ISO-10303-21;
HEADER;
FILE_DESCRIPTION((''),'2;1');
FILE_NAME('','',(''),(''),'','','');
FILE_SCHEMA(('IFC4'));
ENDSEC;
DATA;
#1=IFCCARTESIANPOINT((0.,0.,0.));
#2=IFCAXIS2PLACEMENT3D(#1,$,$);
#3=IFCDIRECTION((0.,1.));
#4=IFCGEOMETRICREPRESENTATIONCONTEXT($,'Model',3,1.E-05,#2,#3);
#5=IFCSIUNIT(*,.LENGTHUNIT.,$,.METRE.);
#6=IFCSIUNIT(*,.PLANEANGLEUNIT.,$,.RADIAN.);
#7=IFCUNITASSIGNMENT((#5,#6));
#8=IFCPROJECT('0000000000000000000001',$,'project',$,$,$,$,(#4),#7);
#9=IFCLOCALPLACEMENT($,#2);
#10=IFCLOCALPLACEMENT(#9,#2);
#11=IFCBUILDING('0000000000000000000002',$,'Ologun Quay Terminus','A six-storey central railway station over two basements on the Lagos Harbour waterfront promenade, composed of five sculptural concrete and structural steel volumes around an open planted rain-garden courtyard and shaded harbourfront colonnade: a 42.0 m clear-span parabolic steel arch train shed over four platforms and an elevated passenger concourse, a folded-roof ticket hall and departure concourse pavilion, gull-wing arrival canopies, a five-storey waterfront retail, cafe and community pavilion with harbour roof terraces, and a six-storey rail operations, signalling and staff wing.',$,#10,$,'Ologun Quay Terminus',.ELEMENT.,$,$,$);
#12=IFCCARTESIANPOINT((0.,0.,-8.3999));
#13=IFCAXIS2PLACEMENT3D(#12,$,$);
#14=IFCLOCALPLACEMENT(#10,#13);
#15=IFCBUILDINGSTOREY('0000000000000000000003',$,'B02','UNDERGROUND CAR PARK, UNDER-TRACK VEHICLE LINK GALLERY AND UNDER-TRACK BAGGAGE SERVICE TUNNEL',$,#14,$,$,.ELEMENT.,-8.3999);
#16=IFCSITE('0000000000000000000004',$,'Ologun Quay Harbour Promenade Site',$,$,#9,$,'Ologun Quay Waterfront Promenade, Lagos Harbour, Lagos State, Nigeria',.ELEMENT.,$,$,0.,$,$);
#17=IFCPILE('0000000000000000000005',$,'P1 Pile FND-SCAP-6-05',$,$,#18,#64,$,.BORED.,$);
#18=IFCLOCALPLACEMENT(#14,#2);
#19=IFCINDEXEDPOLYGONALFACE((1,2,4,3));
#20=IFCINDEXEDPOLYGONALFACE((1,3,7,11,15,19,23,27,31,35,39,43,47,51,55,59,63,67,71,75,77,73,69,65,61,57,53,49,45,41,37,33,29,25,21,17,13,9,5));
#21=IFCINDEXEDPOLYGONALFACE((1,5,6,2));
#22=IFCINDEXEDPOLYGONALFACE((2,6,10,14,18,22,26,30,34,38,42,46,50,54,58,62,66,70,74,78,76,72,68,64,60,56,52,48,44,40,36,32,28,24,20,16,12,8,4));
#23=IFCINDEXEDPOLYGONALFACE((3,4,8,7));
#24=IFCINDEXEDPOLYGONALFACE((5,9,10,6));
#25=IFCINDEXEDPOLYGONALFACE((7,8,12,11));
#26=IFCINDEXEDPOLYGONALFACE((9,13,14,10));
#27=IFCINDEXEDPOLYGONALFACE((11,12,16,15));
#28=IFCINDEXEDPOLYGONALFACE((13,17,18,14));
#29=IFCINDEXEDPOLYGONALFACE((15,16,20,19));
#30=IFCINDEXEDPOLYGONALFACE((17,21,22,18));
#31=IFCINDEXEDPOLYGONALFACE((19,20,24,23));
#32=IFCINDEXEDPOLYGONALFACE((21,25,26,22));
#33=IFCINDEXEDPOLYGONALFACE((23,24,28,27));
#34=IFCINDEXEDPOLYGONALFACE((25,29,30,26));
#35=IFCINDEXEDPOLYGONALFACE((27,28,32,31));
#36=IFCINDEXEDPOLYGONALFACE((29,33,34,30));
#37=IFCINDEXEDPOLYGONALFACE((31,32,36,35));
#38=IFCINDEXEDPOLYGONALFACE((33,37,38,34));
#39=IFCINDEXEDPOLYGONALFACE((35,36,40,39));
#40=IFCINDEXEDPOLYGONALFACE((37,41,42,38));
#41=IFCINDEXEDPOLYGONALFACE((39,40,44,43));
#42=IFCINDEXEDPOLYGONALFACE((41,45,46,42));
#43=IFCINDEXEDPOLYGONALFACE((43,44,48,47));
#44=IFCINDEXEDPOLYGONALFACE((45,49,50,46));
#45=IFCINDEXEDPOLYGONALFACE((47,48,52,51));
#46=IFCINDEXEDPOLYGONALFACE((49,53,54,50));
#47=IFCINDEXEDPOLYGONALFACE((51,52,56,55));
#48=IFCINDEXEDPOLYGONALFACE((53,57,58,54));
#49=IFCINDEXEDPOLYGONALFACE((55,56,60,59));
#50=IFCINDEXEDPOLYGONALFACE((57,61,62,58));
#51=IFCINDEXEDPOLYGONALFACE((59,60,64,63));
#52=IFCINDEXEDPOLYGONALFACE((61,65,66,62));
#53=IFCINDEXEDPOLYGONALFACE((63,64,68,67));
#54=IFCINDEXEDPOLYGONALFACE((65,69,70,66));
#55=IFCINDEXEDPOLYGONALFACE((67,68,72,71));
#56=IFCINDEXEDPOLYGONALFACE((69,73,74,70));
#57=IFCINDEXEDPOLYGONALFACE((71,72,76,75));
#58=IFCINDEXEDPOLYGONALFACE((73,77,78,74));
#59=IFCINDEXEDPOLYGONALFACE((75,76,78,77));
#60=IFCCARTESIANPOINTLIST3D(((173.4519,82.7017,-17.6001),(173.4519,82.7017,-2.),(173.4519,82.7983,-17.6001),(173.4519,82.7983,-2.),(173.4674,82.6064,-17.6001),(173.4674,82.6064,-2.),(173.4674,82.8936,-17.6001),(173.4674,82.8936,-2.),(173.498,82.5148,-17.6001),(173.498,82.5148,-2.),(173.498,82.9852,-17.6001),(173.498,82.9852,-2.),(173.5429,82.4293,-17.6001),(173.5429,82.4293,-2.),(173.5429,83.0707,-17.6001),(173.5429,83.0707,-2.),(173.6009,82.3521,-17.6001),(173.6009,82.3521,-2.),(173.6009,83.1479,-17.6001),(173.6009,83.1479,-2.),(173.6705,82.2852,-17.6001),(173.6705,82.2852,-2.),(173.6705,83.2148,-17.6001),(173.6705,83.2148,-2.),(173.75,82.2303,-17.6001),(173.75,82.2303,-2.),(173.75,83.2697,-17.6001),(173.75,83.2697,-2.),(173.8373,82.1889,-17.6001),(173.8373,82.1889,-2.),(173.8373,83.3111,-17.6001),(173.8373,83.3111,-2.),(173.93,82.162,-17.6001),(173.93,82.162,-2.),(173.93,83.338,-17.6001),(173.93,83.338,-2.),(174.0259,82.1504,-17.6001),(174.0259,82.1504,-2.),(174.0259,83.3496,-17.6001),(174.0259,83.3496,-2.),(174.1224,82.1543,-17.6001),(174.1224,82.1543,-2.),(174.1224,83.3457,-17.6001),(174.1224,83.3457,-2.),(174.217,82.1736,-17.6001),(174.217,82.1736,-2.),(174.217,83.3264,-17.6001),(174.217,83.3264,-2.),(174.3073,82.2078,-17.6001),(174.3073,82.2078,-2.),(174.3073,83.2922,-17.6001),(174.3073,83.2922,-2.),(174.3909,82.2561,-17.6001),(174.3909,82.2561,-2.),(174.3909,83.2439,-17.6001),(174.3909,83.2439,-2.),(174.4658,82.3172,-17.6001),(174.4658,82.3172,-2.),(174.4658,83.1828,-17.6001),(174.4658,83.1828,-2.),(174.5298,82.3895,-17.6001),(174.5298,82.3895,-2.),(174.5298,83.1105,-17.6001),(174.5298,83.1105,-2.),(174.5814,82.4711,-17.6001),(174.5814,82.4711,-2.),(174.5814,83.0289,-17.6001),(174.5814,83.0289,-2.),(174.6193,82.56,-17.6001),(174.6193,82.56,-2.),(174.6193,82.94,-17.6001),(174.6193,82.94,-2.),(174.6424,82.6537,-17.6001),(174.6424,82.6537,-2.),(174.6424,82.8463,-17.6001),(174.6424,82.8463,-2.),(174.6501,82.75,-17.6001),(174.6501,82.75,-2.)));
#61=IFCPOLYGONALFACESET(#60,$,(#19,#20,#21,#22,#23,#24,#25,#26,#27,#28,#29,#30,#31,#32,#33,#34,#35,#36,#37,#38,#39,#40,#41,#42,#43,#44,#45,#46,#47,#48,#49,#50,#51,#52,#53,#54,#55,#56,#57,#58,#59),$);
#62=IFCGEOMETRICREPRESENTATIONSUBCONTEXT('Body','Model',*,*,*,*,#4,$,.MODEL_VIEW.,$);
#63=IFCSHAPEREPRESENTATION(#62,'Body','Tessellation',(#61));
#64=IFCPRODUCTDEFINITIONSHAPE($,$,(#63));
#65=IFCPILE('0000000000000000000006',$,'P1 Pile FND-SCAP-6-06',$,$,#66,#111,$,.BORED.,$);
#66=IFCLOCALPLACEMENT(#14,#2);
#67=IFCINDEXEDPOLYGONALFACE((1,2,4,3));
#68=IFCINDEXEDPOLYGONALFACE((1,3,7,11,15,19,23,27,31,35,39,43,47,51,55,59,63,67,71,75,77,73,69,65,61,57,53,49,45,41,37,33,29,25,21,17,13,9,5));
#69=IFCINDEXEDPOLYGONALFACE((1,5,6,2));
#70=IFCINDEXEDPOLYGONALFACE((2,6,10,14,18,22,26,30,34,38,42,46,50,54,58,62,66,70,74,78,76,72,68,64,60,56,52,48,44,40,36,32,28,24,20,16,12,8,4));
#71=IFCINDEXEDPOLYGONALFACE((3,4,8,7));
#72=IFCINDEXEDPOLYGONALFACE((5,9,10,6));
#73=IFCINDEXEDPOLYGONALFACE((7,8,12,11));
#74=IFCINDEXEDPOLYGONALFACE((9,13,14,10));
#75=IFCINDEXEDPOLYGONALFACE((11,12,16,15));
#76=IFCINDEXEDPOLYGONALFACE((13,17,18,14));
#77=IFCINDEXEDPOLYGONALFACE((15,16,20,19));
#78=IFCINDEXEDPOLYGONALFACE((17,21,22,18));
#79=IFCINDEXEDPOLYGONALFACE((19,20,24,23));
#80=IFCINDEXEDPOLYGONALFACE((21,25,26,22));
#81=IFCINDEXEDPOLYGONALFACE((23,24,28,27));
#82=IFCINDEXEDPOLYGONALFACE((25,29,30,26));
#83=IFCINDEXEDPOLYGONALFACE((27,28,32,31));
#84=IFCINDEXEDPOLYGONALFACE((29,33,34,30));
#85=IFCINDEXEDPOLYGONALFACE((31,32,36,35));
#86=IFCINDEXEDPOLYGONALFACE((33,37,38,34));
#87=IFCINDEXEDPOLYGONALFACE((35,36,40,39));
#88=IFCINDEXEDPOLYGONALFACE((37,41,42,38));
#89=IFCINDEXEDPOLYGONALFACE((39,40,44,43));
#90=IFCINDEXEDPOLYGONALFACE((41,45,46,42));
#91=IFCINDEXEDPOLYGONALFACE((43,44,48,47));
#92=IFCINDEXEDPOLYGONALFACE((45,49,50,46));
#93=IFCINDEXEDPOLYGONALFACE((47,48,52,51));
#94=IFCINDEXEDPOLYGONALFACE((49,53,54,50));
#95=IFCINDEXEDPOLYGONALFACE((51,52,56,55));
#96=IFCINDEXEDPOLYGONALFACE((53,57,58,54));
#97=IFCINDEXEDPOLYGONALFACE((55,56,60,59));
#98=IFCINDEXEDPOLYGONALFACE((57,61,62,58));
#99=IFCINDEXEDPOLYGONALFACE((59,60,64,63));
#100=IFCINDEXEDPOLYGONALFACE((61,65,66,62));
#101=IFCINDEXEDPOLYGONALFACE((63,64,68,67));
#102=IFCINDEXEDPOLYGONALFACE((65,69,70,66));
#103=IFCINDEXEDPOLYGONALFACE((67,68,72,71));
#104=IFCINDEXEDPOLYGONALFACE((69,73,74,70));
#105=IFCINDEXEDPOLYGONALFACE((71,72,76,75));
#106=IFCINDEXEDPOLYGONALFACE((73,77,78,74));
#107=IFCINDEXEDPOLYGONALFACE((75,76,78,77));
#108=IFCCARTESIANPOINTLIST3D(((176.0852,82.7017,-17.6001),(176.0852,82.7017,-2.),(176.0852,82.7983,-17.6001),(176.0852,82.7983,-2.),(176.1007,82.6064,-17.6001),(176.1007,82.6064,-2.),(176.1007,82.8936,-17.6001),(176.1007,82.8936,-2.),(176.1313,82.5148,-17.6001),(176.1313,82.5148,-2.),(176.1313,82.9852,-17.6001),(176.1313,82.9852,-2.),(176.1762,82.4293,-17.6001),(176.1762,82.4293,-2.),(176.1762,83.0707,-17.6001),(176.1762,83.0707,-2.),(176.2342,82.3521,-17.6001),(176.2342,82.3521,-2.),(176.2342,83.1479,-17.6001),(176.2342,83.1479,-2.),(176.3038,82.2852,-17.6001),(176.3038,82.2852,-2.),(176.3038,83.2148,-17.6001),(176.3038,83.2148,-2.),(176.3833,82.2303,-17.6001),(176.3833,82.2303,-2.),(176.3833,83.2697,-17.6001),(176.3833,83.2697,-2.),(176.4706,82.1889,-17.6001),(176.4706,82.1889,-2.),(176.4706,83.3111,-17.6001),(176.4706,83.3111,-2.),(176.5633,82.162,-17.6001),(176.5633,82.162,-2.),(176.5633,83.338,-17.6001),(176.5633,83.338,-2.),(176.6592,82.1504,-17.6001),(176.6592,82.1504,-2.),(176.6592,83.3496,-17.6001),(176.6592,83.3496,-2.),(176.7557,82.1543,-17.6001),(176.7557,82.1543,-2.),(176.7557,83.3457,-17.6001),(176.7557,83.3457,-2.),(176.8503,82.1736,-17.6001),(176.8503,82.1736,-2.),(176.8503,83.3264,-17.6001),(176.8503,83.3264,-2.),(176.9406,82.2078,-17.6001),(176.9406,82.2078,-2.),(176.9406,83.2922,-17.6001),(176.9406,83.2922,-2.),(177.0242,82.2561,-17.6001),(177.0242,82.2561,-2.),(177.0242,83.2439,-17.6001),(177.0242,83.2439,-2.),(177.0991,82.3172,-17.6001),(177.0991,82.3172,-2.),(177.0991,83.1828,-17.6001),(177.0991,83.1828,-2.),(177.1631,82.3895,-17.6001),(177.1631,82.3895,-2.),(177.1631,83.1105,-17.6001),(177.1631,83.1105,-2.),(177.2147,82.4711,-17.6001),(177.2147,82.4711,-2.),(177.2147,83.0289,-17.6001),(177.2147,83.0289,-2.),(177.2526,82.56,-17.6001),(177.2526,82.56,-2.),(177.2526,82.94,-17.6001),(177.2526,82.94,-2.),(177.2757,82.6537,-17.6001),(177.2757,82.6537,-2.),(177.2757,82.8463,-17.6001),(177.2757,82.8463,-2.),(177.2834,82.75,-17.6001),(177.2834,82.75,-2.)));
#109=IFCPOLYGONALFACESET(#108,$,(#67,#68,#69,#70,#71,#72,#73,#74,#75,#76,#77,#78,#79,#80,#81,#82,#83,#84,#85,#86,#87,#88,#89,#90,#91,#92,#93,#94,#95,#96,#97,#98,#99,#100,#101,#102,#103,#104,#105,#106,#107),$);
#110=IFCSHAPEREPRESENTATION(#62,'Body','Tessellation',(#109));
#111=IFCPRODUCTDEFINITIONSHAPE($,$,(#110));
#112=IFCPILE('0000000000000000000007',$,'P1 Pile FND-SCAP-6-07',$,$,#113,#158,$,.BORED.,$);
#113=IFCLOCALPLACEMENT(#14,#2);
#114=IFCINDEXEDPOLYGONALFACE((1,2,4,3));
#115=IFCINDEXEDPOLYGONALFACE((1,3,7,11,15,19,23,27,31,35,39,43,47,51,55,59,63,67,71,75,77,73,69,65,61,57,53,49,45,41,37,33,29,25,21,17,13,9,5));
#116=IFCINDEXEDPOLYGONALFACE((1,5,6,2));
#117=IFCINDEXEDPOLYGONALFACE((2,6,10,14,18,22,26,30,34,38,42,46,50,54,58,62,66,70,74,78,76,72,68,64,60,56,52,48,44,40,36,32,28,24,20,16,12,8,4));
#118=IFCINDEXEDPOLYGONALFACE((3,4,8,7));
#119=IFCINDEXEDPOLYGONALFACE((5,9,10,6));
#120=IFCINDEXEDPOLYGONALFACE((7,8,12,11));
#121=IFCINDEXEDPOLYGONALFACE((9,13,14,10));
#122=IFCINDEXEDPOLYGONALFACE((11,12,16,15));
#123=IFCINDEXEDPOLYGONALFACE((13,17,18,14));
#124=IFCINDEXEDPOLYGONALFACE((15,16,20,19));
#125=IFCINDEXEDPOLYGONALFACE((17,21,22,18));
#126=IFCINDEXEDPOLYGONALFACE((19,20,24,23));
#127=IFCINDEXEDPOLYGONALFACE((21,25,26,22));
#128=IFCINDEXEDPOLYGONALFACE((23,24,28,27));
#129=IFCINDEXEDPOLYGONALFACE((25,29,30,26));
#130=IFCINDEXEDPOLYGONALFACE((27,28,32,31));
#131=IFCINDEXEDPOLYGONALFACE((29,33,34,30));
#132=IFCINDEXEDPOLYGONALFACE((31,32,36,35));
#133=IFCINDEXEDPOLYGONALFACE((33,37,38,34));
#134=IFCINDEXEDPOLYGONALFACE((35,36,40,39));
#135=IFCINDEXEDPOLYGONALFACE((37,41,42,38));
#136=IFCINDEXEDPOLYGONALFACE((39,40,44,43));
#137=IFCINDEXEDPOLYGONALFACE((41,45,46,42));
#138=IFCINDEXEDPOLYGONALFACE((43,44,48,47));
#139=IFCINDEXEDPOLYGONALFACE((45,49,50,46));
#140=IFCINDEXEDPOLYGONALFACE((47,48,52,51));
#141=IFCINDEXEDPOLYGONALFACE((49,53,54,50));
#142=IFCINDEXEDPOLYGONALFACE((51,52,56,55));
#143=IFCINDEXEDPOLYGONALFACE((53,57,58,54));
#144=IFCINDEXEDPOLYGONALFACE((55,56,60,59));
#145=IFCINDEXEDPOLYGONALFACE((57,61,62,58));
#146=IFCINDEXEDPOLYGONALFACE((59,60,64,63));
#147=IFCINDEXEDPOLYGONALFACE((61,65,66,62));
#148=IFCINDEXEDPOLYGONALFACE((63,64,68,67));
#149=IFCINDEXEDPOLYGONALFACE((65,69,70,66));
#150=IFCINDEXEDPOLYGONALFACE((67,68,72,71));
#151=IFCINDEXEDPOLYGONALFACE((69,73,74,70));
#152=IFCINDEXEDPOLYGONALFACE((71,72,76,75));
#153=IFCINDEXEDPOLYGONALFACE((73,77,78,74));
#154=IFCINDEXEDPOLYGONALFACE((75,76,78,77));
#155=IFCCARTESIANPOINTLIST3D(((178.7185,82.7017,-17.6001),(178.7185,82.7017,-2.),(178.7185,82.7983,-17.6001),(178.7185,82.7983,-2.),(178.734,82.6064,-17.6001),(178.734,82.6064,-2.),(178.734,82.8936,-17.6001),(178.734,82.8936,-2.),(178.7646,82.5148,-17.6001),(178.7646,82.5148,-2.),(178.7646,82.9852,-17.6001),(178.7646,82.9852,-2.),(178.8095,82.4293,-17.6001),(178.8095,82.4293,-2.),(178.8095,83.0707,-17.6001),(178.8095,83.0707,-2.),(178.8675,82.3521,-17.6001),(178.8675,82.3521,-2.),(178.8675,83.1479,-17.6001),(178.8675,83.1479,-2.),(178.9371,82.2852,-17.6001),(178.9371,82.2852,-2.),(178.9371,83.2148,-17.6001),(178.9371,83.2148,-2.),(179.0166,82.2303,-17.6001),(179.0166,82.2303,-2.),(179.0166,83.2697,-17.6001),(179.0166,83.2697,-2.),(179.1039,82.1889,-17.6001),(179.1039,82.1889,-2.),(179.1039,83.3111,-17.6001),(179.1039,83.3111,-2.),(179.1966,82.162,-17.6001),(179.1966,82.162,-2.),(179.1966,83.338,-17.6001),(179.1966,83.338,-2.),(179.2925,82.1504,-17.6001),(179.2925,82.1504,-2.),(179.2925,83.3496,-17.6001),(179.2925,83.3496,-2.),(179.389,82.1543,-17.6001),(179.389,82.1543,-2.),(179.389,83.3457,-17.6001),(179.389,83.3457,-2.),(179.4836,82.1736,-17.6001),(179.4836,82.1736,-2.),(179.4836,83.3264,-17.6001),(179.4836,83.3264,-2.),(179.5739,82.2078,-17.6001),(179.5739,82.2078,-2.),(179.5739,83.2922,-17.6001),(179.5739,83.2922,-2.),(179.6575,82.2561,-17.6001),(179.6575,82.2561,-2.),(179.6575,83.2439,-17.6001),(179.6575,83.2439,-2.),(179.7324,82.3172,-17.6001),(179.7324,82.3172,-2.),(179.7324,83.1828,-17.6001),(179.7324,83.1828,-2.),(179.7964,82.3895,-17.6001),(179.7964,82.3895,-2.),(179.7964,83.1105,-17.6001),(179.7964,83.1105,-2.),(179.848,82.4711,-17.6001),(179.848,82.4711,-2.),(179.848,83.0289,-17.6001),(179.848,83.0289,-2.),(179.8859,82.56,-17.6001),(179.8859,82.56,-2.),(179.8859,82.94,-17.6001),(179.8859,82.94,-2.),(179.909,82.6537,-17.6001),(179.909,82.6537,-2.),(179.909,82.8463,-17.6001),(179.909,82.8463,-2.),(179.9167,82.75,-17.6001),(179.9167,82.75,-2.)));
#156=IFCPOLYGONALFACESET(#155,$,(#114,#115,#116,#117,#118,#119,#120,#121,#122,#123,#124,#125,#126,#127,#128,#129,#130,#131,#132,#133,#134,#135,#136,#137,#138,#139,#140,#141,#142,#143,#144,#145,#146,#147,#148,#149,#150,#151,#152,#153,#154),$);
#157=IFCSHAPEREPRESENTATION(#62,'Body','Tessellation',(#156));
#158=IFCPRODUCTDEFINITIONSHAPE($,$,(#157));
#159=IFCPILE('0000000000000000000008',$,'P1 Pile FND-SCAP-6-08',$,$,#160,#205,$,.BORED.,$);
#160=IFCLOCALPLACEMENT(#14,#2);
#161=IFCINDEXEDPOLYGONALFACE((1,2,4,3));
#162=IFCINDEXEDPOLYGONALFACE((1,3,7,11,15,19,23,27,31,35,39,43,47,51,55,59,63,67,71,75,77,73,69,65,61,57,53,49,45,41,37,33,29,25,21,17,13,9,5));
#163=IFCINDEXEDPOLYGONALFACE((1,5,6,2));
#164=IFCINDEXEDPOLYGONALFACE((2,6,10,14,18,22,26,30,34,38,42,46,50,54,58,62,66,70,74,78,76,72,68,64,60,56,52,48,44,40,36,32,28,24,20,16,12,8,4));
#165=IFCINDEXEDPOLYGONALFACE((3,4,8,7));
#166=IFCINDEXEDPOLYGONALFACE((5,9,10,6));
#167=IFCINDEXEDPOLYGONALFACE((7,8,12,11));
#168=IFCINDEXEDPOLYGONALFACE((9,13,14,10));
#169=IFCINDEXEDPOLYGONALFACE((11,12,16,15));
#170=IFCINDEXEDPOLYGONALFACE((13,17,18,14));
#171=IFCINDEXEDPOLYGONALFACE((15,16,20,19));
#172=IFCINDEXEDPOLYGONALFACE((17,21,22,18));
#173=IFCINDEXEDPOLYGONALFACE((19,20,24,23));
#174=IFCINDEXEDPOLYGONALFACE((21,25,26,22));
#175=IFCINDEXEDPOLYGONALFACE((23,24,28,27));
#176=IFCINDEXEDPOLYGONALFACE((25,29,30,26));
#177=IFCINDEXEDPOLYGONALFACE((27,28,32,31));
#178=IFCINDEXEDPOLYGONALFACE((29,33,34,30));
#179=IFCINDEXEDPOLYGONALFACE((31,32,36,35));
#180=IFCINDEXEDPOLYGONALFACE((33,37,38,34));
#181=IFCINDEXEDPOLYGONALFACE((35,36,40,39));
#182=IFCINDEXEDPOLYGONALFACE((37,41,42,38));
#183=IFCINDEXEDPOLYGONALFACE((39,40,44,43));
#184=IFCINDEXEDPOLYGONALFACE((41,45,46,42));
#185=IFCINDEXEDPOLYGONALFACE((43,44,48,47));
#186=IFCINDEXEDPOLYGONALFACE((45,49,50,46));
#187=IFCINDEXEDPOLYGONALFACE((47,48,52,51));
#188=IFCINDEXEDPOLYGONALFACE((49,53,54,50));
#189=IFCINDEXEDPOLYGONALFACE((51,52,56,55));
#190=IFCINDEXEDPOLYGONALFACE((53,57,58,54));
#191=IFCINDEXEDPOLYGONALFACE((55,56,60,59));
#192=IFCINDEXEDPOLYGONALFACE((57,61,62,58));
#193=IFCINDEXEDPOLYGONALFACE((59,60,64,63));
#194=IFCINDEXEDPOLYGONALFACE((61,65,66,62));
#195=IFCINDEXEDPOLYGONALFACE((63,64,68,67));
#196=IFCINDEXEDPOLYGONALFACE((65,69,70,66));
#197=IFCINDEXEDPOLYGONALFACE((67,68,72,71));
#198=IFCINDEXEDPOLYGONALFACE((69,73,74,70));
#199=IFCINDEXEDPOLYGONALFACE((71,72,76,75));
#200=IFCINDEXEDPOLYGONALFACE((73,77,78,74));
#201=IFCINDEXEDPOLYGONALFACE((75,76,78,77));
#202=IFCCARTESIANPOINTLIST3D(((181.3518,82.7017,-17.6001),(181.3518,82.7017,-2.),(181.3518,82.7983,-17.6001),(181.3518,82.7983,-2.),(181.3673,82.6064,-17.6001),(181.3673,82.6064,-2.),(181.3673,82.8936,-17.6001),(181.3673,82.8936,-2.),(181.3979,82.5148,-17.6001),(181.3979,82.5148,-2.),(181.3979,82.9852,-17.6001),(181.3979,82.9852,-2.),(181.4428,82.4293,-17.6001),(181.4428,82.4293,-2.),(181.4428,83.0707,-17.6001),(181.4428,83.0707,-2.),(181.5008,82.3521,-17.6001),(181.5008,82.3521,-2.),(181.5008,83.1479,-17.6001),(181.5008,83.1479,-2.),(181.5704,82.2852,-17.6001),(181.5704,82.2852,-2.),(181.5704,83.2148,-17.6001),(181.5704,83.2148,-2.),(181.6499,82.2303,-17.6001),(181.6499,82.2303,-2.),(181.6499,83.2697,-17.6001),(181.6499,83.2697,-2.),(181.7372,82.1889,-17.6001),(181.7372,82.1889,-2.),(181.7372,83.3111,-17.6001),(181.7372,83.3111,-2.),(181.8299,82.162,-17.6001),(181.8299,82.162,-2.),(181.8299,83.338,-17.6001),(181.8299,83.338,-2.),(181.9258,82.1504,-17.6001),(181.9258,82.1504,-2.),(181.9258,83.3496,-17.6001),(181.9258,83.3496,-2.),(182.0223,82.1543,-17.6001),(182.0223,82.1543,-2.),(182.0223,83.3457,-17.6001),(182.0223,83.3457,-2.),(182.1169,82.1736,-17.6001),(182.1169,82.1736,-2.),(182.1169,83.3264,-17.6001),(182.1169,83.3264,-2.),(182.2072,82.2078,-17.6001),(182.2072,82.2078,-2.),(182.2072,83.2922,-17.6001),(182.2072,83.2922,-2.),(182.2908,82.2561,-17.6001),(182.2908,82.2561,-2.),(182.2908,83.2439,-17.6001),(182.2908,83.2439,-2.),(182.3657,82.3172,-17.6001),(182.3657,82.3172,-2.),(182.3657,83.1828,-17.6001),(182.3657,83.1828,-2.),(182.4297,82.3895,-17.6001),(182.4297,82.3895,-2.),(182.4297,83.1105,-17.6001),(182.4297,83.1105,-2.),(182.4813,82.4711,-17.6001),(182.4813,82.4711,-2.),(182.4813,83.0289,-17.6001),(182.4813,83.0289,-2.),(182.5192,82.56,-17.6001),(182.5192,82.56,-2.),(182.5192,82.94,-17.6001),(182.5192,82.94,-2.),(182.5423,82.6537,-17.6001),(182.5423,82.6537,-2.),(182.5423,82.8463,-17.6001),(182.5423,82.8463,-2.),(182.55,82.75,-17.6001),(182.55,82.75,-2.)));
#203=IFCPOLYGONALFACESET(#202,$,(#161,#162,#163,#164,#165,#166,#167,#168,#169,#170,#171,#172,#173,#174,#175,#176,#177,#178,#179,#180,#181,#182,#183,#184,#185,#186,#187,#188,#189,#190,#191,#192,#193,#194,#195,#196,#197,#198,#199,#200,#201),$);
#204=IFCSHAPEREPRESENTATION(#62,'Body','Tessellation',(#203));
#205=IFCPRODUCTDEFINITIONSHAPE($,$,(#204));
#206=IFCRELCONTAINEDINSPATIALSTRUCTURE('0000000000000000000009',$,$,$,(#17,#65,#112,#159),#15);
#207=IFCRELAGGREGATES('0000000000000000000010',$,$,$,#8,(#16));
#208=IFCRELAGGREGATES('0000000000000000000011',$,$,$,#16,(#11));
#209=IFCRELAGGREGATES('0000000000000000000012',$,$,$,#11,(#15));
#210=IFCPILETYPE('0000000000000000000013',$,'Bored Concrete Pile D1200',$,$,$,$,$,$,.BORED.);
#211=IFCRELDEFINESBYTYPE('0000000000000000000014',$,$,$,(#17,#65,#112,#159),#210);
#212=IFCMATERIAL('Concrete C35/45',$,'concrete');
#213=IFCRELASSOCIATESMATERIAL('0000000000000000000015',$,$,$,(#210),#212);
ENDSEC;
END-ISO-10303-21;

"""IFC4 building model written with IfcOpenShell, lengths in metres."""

from ifc_helpers import new_model, si_unit, direction, frame, origin, origin_2d, place, context, subcontext, project, spatial, circle, extrude, material, material_profile, profile_set, type_object, element, save


model = new_model("IFC4")

# Units and contexts
model_context = context("Model", 3, precision=1e-05, world=origin(), true_north=direction((0.0, 1.0)))
body_context = subcontext(model_context, "Body", "Model", "MODEL_VIEW")
ifc_project = project(units=[si_unit("LENGTHUNIT", "METRE"), si_unit("PLANEANGLEUNIT", "RADIAN")], contexts=[model_context])

# Site, building, storey
site_placement = place(None, origin())
site = spatial("IfcSite", under=ifc_project, at=site_placement, Name="Ologun Quay Harbour Promenade Site", LongName="Ologun Quay Waterfront Promenade, Lagos Harbour, Lagos State, Nigeria", CompositionType="ELEMENT", RefElevation=0.0)
building_placement = place(site_placement, origin())
building = spatial("IfcBuilding", under=site, at=building_placement, Name="Ologun Quay Terminus", Description="A six-storey central railway station over two basements on the Lagos Harbour waterfront promenade, composed of five sculptural concrete and structural steel volumes around an open planted rain-garden courtyard and shaded harbourfront colonnade: a 42.0 m clear-span parabolic steel arch train shed over four platforms and an elevated passenger concourse, a folded-roof ticket hall and departure concourse pavilion, gull-wing arrival canopies, a five-storey waterfront retail, cafe and community pavilion with harbour roof terraces, and a six-storey rail operations, signalling and staff wing.", LongName="Ologun Quay Terminus", CompositionType="ELEMENT")
storey_placement = place(building_placement, frame((0.0, 0.0, -8.3999)))
storey = spatial("IfcBuildingStorey", under=building, at=storey_placement, Name="B02", Description="UNDERGROUND CAR PARK, UNDER-TRACK VEHICLE LINK GALLERY AND UNDER-TRACK BAGGAGE SERVICE TUNNEL", CompositionType="ELEMENT", Elevation=-8.3999)

# Piles
ifc_material_1 = material(Name="Concrete C35/45", Category="concrete")
ifc_material_profile_1 = material_profile(ifc_material_1, circle(Radius=0.6001, at=origin_2d()), Name="PILE D1200")
ifc_profile_set_1 = profile_set([ifc_material_profile_1], Name="Concrete C35/45")
pile_type_1 = type_object("IfcPileType", Name="Bored Concrete Pile D1200", PredefinedType="BORED", material=ifc_profile_set_1)
for number, where, z_axis, x_axis, name in (
    (1, (174.05, 82.75, -2.0), (0.0, 0.0, -1.0), (1.0, 0.0, 0.0), "P1 Pile FND-SCAP-6-05"),
    (2, (176.6833, 82.75, -2.0), (0.0, 0.0, -1.0), (1.0, 0.0, 0.0), "P1 Pile FND-SCAP-6-06"),
    (3, (179.3167, 82.75, -2.0), (0.0, 0.0, -1.0), (1.0, 0.0, 0.0), "P1 Pile FND-SCAP-6-07"),
    (4, (181.95, 82.75, -2.0), (0.0, 0.0, -1.0), (1.0, 0.0, 0.0), "P1 Pile FND-SCAP-6-08"),
):
    element("IfcPile", number, at=place(storey_placement, frame(where, z_axis=z_axis, x_axis=x_axis)), inside=storey, type_object=pile_type_1, Name=name, PredefinedType="BORED", context=body_context, shape_type="SweptSolid", body=[
        extrude(circle(Radius=0.6001, at=origin_2d()), origin(), (0.0, 0.0, 1.0), 15.6001),
    ])

save(model, "model.ifc")
